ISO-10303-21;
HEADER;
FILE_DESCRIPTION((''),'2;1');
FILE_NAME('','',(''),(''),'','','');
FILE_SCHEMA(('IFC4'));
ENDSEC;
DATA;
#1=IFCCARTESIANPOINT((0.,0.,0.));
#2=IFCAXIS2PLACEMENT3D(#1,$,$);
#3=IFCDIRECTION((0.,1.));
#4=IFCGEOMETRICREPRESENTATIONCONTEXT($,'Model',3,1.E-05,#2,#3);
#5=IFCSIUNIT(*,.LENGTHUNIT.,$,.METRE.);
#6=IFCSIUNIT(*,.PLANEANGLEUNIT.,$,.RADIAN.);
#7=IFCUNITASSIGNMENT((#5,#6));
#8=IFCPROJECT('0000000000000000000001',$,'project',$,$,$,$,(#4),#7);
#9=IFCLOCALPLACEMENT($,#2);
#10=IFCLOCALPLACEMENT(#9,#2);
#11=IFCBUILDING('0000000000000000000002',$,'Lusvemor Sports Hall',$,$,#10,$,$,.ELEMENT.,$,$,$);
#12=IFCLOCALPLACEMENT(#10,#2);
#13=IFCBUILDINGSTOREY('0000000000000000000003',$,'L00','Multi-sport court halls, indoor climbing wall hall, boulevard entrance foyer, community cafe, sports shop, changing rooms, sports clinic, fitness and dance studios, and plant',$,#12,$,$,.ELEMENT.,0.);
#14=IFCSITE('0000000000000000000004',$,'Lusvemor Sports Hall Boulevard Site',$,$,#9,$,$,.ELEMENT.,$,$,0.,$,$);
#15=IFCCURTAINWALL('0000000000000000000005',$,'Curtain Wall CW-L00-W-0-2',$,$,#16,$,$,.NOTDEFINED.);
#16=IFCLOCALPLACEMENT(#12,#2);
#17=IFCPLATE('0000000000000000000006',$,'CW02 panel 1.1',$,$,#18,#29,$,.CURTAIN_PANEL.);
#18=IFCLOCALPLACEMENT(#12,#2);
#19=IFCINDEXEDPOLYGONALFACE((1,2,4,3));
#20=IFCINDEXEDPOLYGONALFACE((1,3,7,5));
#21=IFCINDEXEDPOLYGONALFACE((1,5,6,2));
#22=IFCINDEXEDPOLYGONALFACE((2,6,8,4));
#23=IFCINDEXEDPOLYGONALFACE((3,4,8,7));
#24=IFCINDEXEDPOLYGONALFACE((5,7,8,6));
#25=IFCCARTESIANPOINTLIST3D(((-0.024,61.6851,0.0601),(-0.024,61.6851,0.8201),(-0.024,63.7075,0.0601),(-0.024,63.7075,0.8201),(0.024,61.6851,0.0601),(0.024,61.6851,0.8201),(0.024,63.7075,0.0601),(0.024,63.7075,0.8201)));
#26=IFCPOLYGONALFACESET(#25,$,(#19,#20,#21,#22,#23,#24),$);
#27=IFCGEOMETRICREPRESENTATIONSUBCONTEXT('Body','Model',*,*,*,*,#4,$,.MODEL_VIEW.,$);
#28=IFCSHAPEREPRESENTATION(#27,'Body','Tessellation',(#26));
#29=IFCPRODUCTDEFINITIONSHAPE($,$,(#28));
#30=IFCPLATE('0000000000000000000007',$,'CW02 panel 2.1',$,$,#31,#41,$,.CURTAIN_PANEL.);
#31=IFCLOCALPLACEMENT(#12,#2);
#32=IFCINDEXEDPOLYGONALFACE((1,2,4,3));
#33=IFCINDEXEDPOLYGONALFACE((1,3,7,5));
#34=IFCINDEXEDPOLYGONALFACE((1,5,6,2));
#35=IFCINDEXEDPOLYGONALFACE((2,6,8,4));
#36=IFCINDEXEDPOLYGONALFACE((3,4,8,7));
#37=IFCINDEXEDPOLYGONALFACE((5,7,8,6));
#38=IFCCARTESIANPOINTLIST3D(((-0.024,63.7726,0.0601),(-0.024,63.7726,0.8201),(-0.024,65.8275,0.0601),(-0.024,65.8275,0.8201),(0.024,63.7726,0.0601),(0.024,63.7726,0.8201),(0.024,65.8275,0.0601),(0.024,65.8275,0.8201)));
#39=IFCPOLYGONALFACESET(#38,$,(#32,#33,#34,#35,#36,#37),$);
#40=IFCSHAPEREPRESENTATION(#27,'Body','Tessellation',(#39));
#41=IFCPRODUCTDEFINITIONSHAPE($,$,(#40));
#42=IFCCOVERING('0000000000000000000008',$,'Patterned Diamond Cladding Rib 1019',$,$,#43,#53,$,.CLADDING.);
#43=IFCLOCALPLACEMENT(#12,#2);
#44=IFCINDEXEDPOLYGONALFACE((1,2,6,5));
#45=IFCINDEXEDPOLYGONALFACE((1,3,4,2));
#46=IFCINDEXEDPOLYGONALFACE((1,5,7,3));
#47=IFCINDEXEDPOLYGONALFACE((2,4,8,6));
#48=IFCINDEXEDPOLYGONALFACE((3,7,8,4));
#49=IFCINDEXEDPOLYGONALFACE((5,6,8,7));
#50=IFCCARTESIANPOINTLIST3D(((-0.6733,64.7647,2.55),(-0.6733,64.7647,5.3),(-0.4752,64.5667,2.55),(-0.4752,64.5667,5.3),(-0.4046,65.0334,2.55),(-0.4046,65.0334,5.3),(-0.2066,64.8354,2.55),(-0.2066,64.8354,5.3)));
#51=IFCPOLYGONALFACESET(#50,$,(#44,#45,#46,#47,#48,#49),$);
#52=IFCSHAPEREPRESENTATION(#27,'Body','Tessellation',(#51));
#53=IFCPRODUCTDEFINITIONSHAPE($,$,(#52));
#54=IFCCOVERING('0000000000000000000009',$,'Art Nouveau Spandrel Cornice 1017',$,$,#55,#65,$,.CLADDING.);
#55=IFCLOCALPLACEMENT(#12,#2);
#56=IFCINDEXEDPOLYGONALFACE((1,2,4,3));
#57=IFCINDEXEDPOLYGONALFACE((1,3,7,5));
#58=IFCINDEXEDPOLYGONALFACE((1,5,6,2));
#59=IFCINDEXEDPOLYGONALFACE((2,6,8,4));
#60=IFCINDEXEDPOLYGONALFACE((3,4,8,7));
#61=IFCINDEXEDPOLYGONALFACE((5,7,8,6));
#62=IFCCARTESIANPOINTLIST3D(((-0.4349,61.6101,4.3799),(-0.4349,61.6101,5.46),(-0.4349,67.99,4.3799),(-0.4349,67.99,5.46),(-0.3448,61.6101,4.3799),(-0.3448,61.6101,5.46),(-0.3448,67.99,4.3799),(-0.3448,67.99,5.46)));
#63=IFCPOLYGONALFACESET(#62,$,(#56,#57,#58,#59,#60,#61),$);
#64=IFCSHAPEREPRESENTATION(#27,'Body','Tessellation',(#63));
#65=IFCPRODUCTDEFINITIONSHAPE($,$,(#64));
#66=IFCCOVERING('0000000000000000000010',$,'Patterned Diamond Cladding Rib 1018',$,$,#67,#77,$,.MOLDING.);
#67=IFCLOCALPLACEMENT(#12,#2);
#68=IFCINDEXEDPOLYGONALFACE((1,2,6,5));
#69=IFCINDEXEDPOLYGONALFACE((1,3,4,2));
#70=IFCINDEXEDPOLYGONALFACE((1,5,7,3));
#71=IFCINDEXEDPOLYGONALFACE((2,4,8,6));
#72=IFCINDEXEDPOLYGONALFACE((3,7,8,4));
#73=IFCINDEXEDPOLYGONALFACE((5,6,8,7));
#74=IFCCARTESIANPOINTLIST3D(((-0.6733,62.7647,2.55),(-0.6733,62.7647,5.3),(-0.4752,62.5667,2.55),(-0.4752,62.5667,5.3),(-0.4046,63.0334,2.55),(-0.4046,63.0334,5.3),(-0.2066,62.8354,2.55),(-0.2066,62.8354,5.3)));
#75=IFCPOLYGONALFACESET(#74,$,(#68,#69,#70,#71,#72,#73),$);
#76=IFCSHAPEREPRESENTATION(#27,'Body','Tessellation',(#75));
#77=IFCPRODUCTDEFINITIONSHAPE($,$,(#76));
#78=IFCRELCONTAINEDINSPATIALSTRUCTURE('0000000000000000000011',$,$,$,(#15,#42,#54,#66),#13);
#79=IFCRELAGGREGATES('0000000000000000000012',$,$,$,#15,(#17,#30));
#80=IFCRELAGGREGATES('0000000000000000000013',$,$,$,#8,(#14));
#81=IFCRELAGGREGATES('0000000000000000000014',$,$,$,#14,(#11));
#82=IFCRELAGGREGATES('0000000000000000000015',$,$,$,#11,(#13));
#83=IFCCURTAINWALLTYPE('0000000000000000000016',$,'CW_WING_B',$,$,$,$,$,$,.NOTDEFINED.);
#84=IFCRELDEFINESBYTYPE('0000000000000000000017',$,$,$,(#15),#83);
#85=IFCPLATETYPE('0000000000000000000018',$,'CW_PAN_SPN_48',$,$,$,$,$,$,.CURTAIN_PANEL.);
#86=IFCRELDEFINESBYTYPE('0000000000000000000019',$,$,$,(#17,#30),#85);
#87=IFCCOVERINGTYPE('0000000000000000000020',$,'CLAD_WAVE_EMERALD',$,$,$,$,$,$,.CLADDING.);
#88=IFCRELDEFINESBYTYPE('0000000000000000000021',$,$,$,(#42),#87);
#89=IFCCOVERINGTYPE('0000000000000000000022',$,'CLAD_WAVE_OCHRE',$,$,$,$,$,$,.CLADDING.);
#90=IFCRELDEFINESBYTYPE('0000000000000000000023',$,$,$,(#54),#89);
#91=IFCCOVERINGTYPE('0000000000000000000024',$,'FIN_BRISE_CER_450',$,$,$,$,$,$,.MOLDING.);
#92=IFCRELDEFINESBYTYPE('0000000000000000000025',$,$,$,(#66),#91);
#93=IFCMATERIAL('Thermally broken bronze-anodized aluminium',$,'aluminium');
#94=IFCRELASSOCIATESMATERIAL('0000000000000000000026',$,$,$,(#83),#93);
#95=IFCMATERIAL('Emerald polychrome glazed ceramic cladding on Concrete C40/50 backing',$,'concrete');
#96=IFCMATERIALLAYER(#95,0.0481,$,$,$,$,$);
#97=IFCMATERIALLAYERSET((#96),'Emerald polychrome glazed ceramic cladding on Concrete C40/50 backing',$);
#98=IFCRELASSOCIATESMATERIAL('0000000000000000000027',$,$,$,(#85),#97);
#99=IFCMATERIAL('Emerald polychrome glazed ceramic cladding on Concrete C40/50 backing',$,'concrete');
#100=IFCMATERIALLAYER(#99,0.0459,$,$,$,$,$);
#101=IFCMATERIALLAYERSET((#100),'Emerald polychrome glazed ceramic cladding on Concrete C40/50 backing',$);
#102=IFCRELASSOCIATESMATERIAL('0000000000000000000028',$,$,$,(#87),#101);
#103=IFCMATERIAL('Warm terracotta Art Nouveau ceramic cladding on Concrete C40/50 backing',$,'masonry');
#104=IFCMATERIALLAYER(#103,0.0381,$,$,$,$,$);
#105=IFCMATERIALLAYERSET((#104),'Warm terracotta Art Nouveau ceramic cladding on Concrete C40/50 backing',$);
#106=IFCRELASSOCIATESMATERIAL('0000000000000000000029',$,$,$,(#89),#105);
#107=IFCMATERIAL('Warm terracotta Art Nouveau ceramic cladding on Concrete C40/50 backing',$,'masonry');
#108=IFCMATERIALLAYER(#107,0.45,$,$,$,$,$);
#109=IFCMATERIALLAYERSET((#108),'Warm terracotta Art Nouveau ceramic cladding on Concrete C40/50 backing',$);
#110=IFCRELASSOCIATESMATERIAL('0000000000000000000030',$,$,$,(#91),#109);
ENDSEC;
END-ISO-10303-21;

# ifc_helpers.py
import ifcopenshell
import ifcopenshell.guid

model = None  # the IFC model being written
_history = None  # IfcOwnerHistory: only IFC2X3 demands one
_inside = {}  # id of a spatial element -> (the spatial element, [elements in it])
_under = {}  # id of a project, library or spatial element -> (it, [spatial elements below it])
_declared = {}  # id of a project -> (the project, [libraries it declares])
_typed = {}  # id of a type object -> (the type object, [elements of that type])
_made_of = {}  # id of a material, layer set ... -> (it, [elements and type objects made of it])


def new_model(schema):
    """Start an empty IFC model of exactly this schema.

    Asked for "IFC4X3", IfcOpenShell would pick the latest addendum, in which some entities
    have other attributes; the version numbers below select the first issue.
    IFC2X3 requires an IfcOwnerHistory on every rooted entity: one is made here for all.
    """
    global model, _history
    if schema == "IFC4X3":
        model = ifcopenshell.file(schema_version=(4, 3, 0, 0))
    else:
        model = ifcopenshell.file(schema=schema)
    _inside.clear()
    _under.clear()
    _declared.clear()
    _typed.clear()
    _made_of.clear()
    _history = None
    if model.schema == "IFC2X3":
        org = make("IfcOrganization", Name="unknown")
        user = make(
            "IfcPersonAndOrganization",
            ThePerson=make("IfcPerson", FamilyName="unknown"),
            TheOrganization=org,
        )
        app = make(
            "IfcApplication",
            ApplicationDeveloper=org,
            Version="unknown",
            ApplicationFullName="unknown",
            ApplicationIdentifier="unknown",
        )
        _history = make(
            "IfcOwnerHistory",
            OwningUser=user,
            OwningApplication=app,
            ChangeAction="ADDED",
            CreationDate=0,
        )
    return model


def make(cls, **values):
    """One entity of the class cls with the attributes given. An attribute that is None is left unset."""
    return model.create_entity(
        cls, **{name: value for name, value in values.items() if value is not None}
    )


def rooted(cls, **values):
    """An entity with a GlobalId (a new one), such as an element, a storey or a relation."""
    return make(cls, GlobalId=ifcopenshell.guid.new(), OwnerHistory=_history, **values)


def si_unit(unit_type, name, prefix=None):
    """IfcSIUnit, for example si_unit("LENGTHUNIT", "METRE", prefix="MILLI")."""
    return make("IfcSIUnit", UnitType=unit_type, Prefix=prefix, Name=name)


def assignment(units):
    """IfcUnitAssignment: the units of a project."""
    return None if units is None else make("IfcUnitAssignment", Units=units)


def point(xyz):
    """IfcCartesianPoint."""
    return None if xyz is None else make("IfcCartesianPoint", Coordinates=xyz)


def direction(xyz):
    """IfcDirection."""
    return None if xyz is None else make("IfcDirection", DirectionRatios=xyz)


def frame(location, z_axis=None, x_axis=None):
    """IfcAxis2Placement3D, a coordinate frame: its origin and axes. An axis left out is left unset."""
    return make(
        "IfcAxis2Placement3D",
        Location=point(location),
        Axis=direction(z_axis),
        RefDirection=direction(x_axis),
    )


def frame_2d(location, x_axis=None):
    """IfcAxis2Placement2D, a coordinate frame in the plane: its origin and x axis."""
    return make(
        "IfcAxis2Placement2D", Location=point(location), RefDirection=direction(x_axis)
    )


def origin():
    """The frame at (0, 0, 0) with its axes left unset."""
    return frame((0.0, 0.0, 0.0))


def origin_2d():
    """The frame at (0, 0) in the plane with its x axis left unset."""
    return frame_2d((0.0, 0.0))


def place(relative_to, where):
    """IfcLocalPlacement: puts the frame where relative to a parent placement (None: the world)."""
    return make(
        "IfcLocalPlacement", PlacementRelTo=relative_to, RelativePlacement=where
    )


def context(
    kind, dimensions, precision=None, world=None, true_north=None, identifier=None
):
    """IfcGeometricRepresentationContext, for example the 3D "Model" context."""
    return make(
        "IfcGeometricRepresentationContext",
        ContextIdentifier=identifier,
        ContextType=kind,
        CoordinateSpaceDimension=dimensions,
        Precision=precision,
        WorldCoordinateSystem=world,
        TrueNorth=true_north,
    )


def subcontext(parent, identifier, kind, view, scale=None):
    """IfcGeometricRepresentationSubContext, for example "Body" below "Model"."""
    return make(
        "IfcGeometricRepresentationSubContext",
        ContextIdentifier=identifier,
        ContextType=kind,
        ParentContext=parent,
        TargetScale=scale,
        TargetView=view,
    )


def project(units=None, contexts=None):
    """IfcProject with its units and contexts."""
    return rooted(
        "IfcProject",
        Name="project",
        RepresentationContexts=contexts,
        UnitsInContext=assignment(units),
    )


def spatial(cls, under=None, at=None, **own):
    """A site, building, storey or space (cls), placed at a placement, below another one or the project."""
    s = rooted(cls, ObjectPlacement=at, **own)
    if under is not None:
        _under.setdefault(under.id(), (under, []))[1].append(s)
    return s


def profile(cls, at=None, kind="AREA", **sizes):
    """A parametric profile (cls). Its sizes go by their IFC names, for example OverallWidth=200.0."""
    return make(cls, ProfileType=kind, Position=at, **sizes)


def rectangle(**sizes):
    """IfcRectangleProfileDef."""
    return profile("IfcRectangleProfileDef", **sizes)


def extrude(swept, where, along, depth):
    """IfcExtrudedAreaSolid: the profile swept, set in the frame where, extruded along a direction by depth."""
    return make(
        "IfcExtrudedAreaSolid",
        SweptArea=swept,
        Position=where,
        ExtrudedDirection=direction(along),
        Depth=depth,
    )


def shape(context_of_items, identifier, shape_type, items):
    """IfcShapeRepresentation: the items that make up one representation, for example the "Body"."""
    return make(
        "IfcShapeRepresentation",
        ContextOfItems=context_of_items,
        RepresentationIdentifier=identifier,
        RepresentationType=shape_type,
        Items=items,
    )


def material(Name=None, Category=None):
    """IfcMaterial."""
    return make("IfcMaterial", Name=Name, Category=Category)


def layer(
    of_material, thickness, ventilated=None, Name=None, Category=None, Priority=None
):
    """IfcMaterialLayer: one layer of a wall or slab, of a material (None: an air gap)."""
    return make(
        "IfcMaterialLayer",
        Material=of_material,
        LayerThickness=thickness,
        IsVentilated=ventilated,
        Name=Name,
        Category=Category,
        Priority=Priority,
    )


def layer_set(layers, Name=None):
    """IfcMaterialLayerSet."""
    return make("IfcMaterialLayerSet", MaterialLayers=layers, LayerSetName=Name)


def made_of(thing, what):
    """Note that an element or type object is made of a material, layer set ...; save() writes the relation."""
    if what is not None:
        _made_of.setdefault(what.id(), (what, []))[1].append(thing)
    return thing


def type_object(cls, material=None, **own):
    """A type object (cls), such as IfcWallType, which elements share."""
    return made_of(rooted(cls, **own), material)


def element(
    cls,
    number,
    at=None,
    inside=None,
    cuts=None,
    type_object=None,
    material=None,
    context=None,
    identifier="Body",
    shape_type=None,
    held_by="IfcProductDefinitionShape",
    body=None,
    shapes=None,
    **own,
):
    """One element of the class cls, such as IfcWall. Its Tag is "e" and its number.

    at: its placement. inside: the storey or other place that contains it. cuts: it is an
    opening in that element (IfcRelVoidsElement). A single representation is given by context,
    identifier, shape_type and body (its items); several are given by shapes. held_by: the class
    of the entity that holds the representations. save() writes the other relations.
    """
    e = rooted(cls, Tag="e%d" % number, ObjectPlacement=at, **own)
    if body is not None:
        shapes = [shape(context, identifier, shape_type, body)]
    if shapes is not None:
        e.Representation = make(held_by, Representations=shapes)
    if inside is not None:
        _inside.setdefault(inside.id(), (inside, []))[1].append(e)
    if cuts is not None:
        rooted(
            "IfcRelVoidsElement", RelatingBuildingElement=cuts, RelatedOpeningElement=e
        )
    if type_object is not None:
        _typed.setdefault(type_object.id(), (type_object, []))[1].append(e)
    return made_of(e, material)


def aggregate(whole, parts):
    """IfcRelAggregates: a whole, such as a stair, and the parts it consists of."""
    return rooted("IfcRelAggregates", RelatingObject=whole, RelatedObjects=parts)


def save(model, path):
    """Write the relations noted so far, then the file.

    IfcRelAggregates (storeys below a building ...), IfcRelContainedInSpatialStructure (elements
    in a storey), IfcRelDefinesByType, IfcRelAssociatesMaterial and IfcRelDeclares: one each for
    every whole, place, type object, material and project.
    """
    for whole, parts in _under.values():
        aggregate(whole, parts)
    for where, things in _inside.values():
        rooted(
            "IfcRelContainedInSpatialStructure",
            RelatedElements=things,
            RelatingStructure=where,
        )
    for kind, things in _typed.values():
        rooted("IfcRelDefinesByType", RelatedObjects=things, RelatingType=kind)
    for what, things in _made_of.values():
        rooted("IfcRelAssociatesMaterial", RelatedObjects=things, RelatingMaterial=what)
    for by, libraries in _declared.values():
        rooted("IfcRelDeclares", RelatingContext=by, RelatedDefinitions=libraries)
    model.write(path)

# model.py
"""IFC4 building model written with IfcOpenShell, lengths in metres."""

from ifc_helpers import new_model, si_unit, direction, frame, origin, origin_2d, place, context, subcontext, project, spatial, rectangle, extrude, material, layer, layer_set, type_object, element, aggregate, save


model = new_model("IFC4")

# Units and contexts
model_context = context("Model", 3, precision=1e-05, world=origin(), true_north=direction((0.0, 1.0)))
body_context = subcontext(model_context, "Body", "Model", "MODEL_VIEW")
ifc_project = project(units=[si_unit("LENGTHUNIT", "METRE"), si_unit("PLANEANGLEUNIT", "RADIAN")], contexts=[model_context])

# Site, building, storey
site_placement = place(None, origin())
site = spatial("IfcSite", under=ifc_project, at=site_placement, Name="Lusvemor Sports Hall Boulevard Site", CompositionType="ELEMENT", RefElevation=0.0)
building_placement = place(site_placement, origin())
building = spatial("IfcBuilding", under=site, at=building_placement, Name="Lusvemor Sports Hall", CompositionType="ELEMENT")
storey_placement = place(building_placement, origin())
storey = spatial("IfcBuildingStorey", under=building, at=storey_placement, Name="L00", Description="Multi-sport court halls, indoor climbing wall hall, boulevard entrance foyer, community cafe, sports shop, changing rooms, sports clinic, fitness and dance studios, and plant", CompositionType="ELEMENT", Elevation=0.0)

# Shared definitions
ifc_material_1 = material(Name="Thermally broken bronze-anodized aluminium", Category="aluminium")
curtain_wall_type = type_object("IfcCurtainWallType", Name="CW_WING_B", PredefinedType="NOTDEFINED", material=ifc_material_1)

# Curtain wall, plates
curtain_wall_1_placement = place(storey_placement, origin())
curtain_wall_1 = element("IfcCurtainWall", 1, at=curtain_wall_1_placement, inside=storey, type_object=curtain_wall_type, Name="Curtain Wall CW-L00-W-0-2", PredefinedType="NOTDEFINED")
ifc_material_2 = material(Name="Emerald polychrome glazed ceramic cladding on Concrete C40/50 backing", Category="concrete")
ifc_layer_1 = layer(ifc_material_2, 0.0481)
ifc_layer_set_1 = layer_set([ifc_layer_1], Name="Emerald polychrome glazed ceramic cladding on Concrete C40/50 backing")
plate_type_1 = type_object("IfcPlateType", Name="CW_PAN_SPN_48", PredefinedType="CURTAIN_PANEL", material=ifc_layer_set_1)
plate_1_placement = place(storey_placement, frame((0.0, 62.6963, 0.0601), z_axis=(0.0, 0.0, 1.0), x_axis=(0.0, 1.0, 0.0)))
plate_1 = element("IfcPlate", 2, at=plate_1_placement, type_object=plate_type_1, Name="CW02 panel 1.1", PredefinedType="CURTAIN_PANEL", context=body_context, shape_type="SweptSolid", body=[
    extrude(rectangle(XDim=2.0225, YDim=0.0481, at=origin_2d()), origin(), (0.0, 0.0, 1.0), 0.76),
])
plate_2_placement = place(storey_placement, frame((0.0, 64.8, 0.0601), z_axis=(0.0, 0.0, 1.0), x_axis=(0.0, 1.0, 0.0)))
plate_2 = element("IfcPlate", 3, at=plate_2_placement, type_object=plate_type_1, Name="CW02 panel 2.1", PredefinedType="CURTAIN_PANEL", context=body_context, shape_type="SweptSolid", body=[
    extrude(rectangle(XDim=2.0549, YDim=0.0481, at=origin_2d()), origin(), (0.0, 0.0, 1.0), 0.76),
])
aggregate(curtain_wall_1, [plate_1, plate_2])

# Coverings
ifc_material_3 = material(Name="Emerald polychrome glazed ceramic cladding on Concrete C40/50 backing", Category="concrete")
ifc_layer_2 = layer(ifc_material_3, 0.0459)
ifc_layer_set_2 = layer_set([ifc_layer_2], Name="Emerald polychrome glazed ceramic cladding on Concrete C40/50 backing")
covering_type_1 = type_object("IfcCoveringType", Name="CLAD_WAVE_EMERALD", PredefinedType="CLADDING", material=ifc_layer_set_2)
covering_1_placement = place(storey_placement, frame((-0.4399, 64.8, 2.55), z_axis=(0.0, 0.0, 1.0), x_axis=(0.707107, 0.707107, 0.0)))
element("IfcCovering", 4, at=covering_1_placement, inside=storey, type_object=covering_type_1, Name="Patterned Diamond Cladding Rib 1019", PredefinedType="CLADDING", context=body_context, shape_type="SweptSolid", body=[
    extrude(rectangle(XDim=0.3799, YDim=0.28, at=origin_2d()), origin(), (0.0, 0.0, 1.0), 2.75),
])
ifc_material_4 = material(Name="Warm terracotta Art Nouveau ceramic cladding on Concrete C40/50 backing", Category="masonry")
ifc_layer_3 = layer(ifc_material_4, 0.0381)
ifc_layer_set_3 = layer_set([ifc_layer_3], Name="Warm terracotta Art Nouveau ceramic cladding on Concrete C40/50 backing")
covering_type_2 = type_object("IfcCoveringType", Name="CLAD_WAVE_OCHRE", PredefinedType="CLADDING", material=ifc_layer_set_3)
covering_2_placement = place(storey_placement, frame((-0.3899, 64.8, 4.3799), z_axis=(0.0, 0.0, 1.0), x_axis=(1.0, 0.0, 0.0)))
element("IfcCovering", 5, at=covering_2_placement, inside=storey, type_object=covering_type_2, Name="Art Nouveau Spandrel Cornice 1017", PredefinedType="CLADDING", context=body_context, shape_type="SweptSolid", body=[
    extrude(rectangle(XDim=0.0901, YDim=6.3799, at=origin_2d()), origin(), (0.0, 0.0, 1.0), 1.0801),
])
ifc_material_5 = material(Name="Warm terracotta Art Nouveau ceramic cladding on Concrete C40/50 backing", Category="masonry")
ifc_layer_4 = layer(ifc_material_5, 0.45)
ifc_layer_set_4 = layer_set([ifc_layer_4], Name="Warm terracotta Art Nouveau ceramic cladding on Concrete C40/50 backing")
covering_type_3 = type_object("IfcCoveringType", Name="FIN_BRISE_CER_450", PredefinedType="MOLDING", material=ifc_layer_set_4)
covering_3_placement = place(storey_placement, frame((-0.4399, 62.8, 2.55), z_axis=(0.0, 0.0, 1.0), x_axis=(0.707107, 0.707107, 0.0)))
element("IfcCovering", 6, at=covering_3_placement, inside=storey, type_object=covering_type_3, Name="Patterned Diamond Cladding Rib 1018", PredefinedType="MOLDING", context=body_context, shape_type="SweptSolid", body=[
    extrude(rectangle(XDim=0.3799, YDim=0.28, at=origin_2d()), origin(), (0.0, 0.0, 1.0), 2.75),
])

save(model, "model.ifc")
